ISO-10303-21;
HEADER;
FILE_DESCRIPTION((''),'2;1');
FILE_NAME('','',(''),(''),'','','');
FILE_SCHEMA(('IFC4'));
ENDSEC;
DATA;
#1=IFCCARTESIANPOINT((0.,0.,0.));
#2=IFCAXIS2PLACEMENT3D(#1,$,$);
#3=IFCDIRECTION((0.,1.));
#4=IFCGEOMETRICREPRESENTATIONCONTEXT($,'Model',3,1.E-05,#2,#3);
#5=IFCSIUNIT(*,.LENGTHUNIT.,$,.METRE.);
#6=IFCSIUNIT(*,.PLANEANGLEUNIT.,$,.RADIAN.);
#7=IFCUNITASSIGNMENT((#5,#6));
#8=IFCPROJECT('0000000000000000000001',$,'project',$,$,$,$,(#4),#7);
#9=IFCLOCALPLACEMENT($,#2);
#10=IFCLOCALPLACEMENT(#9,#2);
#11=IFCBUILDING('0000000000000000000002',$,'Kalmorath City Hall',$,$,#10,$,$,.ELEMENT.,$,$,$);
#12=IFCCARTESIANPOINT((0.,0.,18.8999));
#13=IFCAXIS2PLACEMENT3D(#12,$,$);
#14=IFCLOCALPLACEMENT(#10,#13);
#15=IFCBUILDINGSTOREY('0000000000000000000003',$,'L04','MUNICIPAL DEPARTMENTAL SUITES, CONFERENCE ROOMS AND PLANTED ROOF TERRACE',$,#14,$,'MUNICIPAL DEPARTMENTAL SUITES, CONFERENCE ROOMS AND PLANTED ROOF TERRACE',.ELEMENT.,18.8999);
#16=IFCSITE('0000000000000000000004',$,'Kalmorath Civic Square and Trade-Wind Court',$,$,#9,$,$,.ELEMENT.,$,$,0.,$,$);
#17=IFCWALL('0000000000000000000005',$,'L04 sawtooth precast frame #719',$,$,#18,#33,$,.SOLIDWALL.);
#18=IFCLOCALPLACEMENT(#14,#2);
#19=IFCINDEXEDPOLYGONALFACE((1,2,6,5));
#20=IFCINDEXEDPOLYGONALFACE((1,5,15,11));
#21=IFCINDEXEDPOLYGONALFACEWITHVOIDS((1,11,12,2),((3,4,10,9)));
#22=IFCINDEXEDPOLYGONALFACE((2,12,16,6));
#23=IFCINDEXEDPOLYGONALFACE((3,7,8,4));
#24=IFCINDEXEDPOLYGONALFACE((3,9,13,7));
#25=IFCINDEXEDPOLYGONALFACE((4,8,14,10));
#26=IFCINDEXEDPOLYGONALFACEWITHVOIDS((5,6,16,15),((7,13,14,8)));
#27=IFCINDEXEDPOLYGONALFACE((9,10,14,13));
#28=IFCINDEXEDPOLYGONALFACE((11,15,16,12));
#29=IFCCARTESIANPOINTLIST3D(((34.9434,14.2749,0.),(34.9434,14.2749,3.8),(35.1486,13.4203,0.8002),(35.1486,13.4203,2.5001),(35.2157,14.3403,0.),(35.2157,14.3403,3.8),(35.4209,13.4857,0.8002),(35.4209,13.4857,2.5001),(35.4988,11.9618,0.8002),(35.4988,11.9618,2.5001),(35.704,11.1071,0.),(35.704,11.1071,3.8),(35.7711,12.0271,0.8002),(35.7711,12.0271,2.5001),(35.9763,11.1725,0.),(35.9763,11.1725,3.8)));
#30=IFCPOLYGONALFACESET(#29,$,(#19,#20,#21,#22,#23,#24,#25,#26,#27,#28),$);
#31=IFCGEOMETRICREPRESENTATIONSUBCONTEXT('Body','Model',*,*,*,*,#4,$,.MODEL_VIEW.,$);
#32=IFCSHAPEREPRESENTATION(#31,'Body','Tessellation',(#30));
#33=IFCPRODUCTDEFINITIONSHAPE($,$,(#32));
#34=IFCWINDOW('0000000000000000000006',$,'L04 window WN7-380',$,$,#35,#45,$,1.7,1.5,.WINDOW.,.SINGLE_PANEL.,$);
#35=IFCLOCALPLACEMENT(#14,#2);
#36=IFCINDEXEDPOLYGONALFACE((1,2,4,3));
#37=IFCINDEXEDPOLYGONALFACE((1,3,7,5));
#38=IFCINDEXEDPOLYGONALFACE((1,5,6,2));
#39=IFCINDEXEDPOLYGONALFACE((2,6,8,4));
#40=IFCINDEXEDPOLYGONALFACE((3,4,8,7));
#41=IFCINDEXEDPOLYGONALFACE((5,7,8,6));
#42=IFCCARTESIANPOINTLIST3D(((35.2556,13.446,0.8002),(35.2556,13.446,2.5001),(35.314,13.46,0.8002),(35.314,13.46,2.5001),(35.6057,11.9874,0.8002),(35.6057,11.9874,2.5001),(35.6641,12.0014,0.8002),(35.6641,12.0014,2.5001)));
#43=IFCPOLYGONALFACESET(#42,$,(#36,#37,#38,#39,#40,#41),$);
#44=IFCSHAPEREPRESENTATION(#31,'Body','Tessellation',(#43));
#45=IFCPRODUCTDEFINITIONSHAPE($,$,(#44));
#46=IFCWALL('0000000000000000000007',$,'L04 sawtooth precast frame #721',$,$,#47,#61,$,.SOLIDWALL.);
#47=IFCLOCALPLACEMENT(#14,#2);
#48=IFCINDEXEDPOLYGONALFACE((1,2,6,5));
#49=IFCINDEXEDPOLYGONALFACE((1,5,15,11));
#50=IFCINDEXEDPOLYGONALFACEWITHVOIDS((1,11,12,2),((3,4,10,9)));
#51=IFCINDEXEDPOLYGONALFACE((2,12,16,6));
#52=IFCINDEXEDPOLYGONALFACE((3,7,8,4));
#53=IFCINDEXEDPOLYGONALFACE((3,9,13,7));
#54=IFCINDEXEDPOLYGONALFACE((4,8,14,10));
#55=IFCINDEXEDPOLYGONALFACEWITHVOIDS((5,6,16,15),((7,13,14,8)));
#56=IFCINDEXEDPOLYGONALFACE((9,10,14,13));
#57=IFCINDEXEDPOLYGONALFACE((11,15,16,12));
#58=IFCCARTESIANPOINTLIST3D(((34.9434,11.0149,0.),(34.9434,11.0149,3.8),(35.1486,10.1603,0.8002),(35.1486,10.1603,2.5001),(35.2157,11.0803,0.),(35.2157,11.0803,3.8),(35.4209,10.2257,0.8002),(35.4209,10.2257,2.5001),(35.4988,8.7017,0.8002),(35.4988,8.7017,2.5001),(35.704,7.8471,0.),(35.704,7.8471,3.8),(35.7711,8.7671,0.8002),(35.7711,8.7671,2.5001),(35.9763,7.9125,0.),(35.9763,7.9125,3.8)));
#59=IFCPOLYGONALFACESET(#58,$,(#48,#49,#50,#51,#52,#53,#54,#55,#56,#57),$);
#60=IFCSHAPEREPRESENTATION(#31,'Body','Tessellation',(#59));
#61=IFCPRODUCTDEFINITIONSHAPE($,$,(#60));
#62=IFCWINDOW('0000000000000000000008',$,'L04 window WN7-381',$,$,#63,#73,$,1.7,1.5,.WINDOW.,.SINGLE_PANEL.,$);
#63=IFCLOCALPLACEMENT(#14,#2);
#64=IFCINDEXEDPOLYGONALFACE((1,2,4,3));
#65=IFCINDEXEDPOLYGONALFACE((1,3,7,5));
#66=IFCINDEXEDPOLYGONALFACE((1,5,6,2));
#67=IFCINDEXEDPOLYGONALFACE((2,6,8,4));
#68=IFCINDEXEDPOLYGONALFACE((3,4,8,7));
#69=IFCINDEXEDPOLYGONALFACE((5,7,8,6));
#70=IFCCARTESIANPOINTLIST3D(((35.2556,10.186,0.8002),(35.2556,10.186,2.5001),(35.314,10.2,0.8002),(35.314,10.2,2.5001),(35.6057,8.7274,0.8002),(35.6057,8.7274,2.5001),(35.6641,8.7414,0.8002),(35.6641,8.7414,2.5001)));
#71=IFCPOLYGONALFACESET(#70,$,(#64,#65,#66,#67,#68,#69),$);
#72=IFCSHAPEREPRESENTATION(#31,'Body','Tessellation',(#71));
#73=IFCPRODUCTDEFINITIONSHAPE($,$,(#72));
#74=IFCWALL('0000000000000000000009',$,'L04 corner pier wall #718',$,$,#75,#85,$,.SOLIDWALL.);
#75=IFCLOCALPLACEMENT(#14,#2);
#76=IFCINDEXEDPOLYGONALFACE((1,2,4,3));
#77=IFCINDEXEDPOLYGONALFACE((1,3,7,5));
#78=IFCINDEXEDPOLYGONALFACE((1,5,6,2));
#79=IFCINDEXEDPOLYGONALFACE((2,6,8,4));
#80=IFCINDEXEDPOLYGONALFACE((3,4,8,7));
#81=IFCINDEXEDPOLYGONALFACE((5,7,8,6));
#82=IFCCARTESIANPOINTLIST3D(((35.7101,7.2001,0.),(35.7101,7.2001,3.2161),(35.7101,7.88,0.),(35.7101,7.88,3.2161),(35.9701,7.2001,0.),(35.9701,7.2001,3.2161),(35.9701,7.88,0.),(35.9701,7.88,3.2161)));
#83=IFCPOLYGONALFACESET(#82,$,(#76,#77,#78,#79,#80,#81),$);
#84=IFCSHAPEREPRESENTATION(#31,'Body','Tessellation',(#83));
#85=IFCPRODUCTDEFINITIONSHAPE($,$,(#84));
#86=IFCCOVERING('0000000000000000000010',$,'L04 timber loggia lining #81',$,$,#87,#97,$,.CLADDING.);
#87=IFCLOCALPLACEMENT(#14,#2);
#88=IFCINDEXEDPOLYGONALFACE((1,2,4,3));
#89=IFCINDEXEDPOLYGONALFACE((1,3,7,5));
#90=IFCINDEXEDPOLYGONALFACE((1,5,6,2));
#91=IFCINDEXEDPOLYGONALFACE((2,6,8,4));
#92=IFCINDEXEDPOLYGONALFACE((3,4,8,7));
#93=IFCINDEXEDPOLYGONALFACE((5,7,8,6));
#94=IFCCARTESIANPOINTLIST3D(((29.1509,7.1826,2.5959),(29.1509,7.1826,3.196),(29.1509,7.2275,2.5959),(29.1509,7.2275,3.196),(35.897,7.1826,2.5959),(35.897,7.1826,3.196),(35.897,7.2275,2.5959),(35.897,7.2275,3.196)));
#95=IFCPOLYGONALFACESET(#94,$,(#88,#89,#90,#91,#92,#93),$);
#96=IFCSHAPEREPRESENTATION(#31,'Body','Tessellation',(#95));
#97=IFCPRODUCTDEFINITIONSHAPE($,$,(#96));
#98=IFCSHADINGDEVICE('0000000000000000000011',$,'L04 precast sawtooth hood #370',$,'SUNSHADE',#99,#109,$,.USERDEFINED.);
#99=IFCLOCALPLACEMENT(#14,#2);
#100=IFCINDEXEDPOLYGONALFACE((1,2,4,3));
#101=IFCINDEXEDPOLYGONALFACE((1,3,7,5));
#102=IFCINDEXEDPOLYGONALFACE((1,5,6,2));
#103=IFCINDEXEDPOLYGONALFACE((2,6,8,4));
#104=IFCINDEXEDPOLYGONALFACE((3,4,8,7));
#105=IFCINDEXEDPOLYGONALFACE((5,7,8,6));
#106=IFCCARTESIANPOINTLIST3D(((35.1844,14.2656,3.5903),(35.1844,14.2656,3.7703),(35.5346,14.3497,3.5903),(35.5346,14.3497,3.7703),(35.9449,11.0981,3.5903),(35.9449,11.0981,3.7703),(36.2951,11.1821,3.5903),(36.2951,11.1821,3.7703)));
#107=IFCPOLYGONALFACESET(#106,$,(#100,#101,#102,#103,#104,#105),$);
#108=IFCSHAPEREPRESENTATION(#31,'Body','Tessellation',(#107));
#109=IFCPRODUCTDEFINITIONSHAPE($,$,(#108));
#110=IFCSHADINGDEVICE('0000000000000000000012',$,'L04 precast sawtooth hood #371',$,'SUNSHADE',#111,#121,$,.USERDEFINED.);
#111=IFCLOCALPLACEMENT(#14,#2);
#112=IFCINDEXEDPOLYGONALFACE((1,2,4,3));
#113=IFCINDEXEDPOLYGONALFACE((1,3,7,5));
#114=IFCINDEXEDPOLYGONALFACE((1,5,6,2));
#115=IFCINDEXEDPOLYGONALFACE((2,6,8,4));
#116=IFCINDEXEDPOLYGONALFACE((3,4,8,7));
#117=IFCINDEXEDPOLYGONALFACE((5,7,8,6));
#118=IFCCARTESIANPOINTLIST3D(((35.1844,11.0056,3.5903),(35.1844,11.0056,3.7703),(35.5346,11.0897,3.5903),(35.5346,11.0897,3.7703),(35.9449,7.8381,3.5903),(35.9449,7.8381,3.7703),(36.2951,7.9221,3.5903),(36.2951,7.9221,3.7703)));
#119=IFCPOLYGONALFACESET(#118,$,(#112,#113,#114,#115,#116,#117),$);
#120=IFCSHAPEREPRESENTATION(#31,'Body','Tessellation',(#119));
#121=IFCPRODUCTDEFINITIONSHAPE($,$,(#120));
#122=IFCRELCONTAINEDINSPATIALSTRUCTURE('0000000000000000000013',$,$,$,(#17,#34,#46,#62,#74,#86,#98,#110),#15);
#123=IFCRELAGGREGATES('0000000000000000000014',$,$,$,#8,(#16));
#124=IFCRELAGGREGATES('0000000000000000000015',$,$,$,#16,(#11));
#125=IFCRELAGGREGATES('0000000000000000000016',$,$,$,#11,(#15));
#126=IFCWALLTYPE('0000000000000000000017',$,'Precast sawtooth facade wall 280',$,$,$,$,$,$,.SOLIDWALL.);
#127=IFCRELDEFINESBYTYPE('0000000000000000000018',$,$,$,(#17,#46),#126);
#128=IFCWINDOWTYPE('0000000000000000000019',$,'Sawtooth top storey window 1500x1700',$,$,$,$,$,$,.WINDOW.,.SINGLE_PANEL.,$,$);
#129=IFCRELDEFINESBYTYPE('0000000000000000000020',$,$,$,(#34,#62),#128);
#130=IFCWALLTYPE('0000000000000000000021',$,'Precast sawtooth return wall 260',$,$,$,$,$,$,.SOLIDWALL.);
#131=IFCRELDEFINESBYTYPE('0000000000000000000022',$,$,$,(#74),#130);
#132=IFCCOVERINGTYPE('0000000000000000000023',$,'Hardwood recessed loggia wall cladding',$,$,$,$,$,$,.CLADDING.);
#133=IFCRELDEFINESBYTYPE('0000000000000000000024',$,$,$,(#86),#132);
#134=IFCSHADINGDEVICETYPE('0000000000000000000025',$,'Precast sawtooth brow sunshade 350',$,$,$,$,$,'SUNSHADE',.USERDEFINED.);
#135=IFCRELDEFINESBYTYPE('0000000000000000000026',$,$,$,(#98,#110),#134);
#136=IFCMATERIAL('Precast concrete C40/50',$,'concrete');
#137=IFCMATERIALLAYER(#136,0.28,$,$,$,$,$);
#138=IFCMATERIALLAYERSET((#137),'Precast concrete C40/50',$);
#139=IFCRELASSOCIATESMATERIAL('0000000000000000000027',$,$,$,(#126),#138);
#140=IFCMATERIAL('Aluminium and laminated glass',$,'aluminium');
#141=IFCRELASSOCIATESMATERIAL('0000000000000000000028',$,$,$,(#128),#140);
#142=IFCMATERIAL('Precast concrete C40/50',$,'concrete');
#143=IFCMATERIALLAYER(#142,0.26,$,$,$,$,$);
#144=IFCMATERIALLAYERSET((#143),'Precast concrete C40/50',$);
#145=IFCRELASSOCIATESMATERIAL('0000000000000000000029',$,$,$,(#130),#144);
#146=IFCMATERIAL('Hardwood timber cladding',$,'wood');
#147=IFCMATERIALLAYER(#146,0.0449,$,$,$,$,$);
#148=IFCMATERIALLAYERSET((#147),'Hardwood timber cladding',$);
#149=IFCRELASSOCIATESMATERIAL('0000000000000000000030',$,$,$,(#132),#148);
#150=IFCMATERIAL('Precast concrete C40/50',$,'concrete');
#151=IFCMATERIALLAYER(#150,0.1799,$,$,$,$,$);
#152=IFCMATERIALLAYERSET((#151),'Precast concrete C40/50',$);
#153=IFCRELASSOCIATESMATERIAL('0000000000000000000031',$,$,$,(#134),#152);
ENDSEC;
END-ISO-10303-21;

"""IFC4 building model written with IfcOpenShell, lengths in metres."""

from ifc_helpers import new_model, si_unit, direction, frame, frame_2d, origin, origin_2d, place, context, subcontext, project, spatial, rectangle, extrude, material, layer, layer_set, type_object, element, fill, save


model = new_model("IFC4")

# Units and contexts
model_context = context("Model", 3, precision=1e-05, world=origin(), true_north=direction((0.0, 1.0)))
body_context = subcontext(model_context, "Body", "Model", "MODEL_VIEW")
ifc_project = project(units=[si_unit("LENGTHUNIT", "METRE"), si_unit("PLANEANGLEUNIT", "RADIAN")], contexts=[model_context])

# Site, building, storey
site_placement = place(None, origin())
site = spatial("IfcSite", under=ifc_project, at=site_placement, Name="Kalmorath Civic Square and Trade-Wind Court", CompositionType="ELEMENT", RefElevation=0.0)
building_placement = place(site_placement, origin())
building = spatial("IfcBuilding", under=site, at=building_placement, Name="Kalmorath City Hall", CompositionType="ELEMENT")
storey_placement = place(building_placement, frame((0.0, 0.0, 18.8999)))
storey = spatial("IfcBuildingStorey", under=building, at=storey_placement, Name="L04", Description="MUNICIPAL DEPARTMENTAL SUITES, CONFERENCE ROOMS AND PLANTED ROOF TERRACE", LongName="MUNICIPAL DEPARTMENTAL SUITES, CONFERENCE ROOMS AND PLANTED ROOF TERRACE", CompositionType="ELEMENT", Elevation=18.8999)

# Walls, openings, windows
ifc_material_1 = material(Name="Precast concrete C40/50", Category="concrete")
ifc_layer_1 = layer(ifc_material_1, 0.28)
ifc_layer_set_1 = layer_set([ifc_layer_1], Name="Precast concrete C40/50")
wall_type_1 = type_object("IfcWallType", Name="Precast sawtooth facade wall 280", PredefinedType="SOLIDWALL", material=ifc_layer_set_1)
wall_1_placement = place(storey_placement, frame((35.0796, 14.3076, 0.0), z_axis=(0.0, 0.0, 1.0), x_axis=(0.233444, -0.97237, 0.0)))
wall_1 = element("IfcWall", 1, at=wall_1_placement, inside=storey, type_object=wall_type_1, Name="L04 sawtooth precast frame #719", PredefinedType="SOLIDWALL", context=body_context, shape_type="SweptSolid", body=[
    extrude(rectangle(XDim=3.2578, YDim=0.28, at=frame_2d((1.6289, 0.0))), origin(), (0.0, 0.0, 1.0), 3.8),
])
opening_1_placement = place(wall_1_placement, frame((0.8789, 0.0, 0.8)))
opening_1 = element("IfcOpeningElement", 2, at=opening_1_placement, cuts=wall_1, PredefinedType="OPENING", context=body_context, shape_type="SweptSolid", body=[
    extrude(rectangle(XDim=1.5, YDim=1.7, at=frame_2d((0.75, 0.8501))), frame((0.0, 0.1499, 0.0), z_axis=(0.0, -1.0, 0.0), x_axis=(1.0, 0.0, 0.0)), (0.0, 0.0, 1.0), 0.3),
])
ifc_material_2 = material(Name="Aluminium and laminated glass", Category="aluminium")
window_type_1 = type_object("IfcWindowType", Name="Sawtooth top storey window 1500x1700", PartitioningType="SINGLE_PANEL", PredefinedType="WINDOW", material=ifc_material_2)
window_1_placement = place(opening_1_placement, origin())
window_1 = element("IfcWindow", 3, at=window_1_placement, inside=storey, type_object=window_type_1, Name="L04 window WN7-380", OverallHeight=1.7, OverallWidth=1.5, PartitioningType="SINGLE_PANEL", PredefinedType="WINDOW", context=body_context, shape_type="SweptSolid", body=[
    extrude(rectangle(XDim=1.5, YDim=1.7, at=frame_2d((0.75, 0.8501))), frame((0.0, 0.03, 0.0), z_axis=(0.0, -1.0, 0.0), x_axis=(1.0, 0.0, 0.0)), (0.0, 0.0, 1.0), 0.0601),
])
fill(opening_1, window_1)
wall_2_placement = place(storey_placement, frame((35.0796, 11.0476, 0.0), z_axis=(0.0, 0.0, 1.0), x_axis=(0.233444, -0.97237, 0.0)))
wall_2 = element("IfcWall", 4, at=wall_2_placement, inside=storey, type_object=wall_type_1, Name="L04 sawtooth precast frame #721", PredefinedType="SOLIDWALL", context=body_context, shape_type="SweptSolid", body=[
    extrude(rectangle(XDim=3.2578, YDim=0.28, at=frame_2d((1.6289, 0.0))), origin(), (0.0, 0.0, 1.0), 3.8),
])
opening_2_placement = place(wall_2_placement, frame((0.8789, 0.0, 0.8)))
opening_2 = element("IfcOpeningElement", 5, at=opening_2_placement, cuts=wall_2, PredefinedType="OPENING", context=body_context, shape_type="SweptSolid", body=[
    extrude(rectangle(XDim=1.5, YDim=1.7, at=frame_2d((0.75, 0.8501))), frame((0.0, 0.1499, 0.0), z_axis=(0.0, -1.0, 0.0), x_axis=(1.0, 0.0, 0.0)), (0.0, 0.0, 1.0), 0.3),
])
window_2_placement = place(opening_2_placement, origin())
window_2 = element("IfcWindow", 6, at=window_2_placement, inside=storey, type_object=window_type_1, Name="L04 window WN7-381", OverallHeight=1.7, OverallWidth=1.5, PartitioningType="SINGLE_PANEL", PredefinedType="WINDOW", context=body_context, shape_type="SweptSolid", body=[
    extrude(rectangle(XDim=1.5, YDim=1.7, at=frame_2d((0.75, 0.8501))), frame((0.0, 0.03, 0.0), z_axis=(0.0, -1.0, 0.0), x_axis=(1.0, 0.0, 0.0)), (0.0, 0.0, 1.0), 0.0601),
])
fill(opening_2, window_2)

# Wall
ifc_material_3 = material(Name="Precast concrete C40/50", Category="concrete")
ifc_layer_2 = layer(ifc_material_3, 0.26)
ifc_layer_set_2 = layer_set([ifc_layer_2], Name="Precast concrete C40/50")
wall_type_2 = type_object("IfcWallType", Name="Precast sawtooth return wall 260", PredefinedType="SOLIDWALL", material=ifc_layer_set_2)
wall_3_placement = place(storey_placement, frame((35.8401, 7.8799, 0.0), z_axis=(0.0, 0.0, 1.0), x_axis=(0.0, -1.0, 0.0)))
element("IfcWall", 7, at=wall_3_placement, inside=storey, type_object=wall_type_2, Name="L04 corner pier wall #718", PredefinedType="SOLIDWALL", context=body_context, shape_type="SweptSolid", body=[
    extrude(rectangle(XDim=0.6799, YDim=0.26, at=frame_2d((0.3398, 0.0))), origin(), (0.0, 0.0, 1.0), 3.2161),
])

# Covering
ifc_material_4 = material(Name="Hardwood timber cladding", Category="wood")
ifc_layer_3 = layer(ifc_material_4, 0.0449)
ifc_layer_set_3 = layer_set([ifc_layer_3], Name="Hardwood timber cladding")
covering_type = type_object("IfcCoveringType", Name="Hardwood recessed loggia wall cladding", PredefinedType="CLADDING", material=ifc_layer_set_3)
covering_placement = place(storey_placement, frame((32.5239, 7.2051, 2.5959), z_axis=(0.0, 0.0, 1.0), x_axis=(-1.0, 0.0, 0.0)))
element("IfcCovering", 8, at=covering_placement, inside=storey, type_object=covering_type, Name="L04 timber loggia lining #81", PredefinedType="CLADDING", context=body_context, shape_type="SweptSolid", body=[
    extrude(rectangle(XDim=6.7461, YDim=0.0449, at=origin_2d()), origin(), (0.0, 0.0, 1.0), 0.6001),
])

# Shading devices
ifc_material_5 = material(Name="Precast concrete C40/50", Category="concrete")
ifc_layer_4 = layer(ifc_material_5, 0.1799)
ifc_layer_set_4 = layer_set([ifc_layer_4], Name="Precast concrete C40/50")
shading_device_type = type_object("IfcShadingDeviceType", Name="Precast sawtooth brow sunshade 350", ElementType="SUNSHADE", PredefinedType="USERDEFINED", material=ifc_layer_set_4)
for number, where, z_axis, x_axis, name in (
    (9, (35.7397, 12.7239, 3.5903), (0.0, 0.0, 1.0), (0.233462, -0.972366, 0.0), "L04 precast sawtooth hood #370"),
    (10, (35.7397, 9.4639, 3.5903), (0.0, 0.0, 1.0), (0.233462, -0.972366, 0.0), "L04 precast sawtooth hood #371"),
):
    element("IfcShadingDevice", number, at=place(storey_placement, frame(where, z_axis=z_axis, x_axis=x_axis)), inside=storey, type_object=shading_device_type, Name=name, ObjectType="SUNSHADE", PredefinedType="USERDEFINED", context=body_context, shape_type="SweptSolid", body=[
        extrude(rectangle(XDim=3.2576, YDim=0.3601, at=origin_2d()), origin(), (0.0, 0.0, 1.0), 0.1799),
    ])

save(model, "model.ifc")
